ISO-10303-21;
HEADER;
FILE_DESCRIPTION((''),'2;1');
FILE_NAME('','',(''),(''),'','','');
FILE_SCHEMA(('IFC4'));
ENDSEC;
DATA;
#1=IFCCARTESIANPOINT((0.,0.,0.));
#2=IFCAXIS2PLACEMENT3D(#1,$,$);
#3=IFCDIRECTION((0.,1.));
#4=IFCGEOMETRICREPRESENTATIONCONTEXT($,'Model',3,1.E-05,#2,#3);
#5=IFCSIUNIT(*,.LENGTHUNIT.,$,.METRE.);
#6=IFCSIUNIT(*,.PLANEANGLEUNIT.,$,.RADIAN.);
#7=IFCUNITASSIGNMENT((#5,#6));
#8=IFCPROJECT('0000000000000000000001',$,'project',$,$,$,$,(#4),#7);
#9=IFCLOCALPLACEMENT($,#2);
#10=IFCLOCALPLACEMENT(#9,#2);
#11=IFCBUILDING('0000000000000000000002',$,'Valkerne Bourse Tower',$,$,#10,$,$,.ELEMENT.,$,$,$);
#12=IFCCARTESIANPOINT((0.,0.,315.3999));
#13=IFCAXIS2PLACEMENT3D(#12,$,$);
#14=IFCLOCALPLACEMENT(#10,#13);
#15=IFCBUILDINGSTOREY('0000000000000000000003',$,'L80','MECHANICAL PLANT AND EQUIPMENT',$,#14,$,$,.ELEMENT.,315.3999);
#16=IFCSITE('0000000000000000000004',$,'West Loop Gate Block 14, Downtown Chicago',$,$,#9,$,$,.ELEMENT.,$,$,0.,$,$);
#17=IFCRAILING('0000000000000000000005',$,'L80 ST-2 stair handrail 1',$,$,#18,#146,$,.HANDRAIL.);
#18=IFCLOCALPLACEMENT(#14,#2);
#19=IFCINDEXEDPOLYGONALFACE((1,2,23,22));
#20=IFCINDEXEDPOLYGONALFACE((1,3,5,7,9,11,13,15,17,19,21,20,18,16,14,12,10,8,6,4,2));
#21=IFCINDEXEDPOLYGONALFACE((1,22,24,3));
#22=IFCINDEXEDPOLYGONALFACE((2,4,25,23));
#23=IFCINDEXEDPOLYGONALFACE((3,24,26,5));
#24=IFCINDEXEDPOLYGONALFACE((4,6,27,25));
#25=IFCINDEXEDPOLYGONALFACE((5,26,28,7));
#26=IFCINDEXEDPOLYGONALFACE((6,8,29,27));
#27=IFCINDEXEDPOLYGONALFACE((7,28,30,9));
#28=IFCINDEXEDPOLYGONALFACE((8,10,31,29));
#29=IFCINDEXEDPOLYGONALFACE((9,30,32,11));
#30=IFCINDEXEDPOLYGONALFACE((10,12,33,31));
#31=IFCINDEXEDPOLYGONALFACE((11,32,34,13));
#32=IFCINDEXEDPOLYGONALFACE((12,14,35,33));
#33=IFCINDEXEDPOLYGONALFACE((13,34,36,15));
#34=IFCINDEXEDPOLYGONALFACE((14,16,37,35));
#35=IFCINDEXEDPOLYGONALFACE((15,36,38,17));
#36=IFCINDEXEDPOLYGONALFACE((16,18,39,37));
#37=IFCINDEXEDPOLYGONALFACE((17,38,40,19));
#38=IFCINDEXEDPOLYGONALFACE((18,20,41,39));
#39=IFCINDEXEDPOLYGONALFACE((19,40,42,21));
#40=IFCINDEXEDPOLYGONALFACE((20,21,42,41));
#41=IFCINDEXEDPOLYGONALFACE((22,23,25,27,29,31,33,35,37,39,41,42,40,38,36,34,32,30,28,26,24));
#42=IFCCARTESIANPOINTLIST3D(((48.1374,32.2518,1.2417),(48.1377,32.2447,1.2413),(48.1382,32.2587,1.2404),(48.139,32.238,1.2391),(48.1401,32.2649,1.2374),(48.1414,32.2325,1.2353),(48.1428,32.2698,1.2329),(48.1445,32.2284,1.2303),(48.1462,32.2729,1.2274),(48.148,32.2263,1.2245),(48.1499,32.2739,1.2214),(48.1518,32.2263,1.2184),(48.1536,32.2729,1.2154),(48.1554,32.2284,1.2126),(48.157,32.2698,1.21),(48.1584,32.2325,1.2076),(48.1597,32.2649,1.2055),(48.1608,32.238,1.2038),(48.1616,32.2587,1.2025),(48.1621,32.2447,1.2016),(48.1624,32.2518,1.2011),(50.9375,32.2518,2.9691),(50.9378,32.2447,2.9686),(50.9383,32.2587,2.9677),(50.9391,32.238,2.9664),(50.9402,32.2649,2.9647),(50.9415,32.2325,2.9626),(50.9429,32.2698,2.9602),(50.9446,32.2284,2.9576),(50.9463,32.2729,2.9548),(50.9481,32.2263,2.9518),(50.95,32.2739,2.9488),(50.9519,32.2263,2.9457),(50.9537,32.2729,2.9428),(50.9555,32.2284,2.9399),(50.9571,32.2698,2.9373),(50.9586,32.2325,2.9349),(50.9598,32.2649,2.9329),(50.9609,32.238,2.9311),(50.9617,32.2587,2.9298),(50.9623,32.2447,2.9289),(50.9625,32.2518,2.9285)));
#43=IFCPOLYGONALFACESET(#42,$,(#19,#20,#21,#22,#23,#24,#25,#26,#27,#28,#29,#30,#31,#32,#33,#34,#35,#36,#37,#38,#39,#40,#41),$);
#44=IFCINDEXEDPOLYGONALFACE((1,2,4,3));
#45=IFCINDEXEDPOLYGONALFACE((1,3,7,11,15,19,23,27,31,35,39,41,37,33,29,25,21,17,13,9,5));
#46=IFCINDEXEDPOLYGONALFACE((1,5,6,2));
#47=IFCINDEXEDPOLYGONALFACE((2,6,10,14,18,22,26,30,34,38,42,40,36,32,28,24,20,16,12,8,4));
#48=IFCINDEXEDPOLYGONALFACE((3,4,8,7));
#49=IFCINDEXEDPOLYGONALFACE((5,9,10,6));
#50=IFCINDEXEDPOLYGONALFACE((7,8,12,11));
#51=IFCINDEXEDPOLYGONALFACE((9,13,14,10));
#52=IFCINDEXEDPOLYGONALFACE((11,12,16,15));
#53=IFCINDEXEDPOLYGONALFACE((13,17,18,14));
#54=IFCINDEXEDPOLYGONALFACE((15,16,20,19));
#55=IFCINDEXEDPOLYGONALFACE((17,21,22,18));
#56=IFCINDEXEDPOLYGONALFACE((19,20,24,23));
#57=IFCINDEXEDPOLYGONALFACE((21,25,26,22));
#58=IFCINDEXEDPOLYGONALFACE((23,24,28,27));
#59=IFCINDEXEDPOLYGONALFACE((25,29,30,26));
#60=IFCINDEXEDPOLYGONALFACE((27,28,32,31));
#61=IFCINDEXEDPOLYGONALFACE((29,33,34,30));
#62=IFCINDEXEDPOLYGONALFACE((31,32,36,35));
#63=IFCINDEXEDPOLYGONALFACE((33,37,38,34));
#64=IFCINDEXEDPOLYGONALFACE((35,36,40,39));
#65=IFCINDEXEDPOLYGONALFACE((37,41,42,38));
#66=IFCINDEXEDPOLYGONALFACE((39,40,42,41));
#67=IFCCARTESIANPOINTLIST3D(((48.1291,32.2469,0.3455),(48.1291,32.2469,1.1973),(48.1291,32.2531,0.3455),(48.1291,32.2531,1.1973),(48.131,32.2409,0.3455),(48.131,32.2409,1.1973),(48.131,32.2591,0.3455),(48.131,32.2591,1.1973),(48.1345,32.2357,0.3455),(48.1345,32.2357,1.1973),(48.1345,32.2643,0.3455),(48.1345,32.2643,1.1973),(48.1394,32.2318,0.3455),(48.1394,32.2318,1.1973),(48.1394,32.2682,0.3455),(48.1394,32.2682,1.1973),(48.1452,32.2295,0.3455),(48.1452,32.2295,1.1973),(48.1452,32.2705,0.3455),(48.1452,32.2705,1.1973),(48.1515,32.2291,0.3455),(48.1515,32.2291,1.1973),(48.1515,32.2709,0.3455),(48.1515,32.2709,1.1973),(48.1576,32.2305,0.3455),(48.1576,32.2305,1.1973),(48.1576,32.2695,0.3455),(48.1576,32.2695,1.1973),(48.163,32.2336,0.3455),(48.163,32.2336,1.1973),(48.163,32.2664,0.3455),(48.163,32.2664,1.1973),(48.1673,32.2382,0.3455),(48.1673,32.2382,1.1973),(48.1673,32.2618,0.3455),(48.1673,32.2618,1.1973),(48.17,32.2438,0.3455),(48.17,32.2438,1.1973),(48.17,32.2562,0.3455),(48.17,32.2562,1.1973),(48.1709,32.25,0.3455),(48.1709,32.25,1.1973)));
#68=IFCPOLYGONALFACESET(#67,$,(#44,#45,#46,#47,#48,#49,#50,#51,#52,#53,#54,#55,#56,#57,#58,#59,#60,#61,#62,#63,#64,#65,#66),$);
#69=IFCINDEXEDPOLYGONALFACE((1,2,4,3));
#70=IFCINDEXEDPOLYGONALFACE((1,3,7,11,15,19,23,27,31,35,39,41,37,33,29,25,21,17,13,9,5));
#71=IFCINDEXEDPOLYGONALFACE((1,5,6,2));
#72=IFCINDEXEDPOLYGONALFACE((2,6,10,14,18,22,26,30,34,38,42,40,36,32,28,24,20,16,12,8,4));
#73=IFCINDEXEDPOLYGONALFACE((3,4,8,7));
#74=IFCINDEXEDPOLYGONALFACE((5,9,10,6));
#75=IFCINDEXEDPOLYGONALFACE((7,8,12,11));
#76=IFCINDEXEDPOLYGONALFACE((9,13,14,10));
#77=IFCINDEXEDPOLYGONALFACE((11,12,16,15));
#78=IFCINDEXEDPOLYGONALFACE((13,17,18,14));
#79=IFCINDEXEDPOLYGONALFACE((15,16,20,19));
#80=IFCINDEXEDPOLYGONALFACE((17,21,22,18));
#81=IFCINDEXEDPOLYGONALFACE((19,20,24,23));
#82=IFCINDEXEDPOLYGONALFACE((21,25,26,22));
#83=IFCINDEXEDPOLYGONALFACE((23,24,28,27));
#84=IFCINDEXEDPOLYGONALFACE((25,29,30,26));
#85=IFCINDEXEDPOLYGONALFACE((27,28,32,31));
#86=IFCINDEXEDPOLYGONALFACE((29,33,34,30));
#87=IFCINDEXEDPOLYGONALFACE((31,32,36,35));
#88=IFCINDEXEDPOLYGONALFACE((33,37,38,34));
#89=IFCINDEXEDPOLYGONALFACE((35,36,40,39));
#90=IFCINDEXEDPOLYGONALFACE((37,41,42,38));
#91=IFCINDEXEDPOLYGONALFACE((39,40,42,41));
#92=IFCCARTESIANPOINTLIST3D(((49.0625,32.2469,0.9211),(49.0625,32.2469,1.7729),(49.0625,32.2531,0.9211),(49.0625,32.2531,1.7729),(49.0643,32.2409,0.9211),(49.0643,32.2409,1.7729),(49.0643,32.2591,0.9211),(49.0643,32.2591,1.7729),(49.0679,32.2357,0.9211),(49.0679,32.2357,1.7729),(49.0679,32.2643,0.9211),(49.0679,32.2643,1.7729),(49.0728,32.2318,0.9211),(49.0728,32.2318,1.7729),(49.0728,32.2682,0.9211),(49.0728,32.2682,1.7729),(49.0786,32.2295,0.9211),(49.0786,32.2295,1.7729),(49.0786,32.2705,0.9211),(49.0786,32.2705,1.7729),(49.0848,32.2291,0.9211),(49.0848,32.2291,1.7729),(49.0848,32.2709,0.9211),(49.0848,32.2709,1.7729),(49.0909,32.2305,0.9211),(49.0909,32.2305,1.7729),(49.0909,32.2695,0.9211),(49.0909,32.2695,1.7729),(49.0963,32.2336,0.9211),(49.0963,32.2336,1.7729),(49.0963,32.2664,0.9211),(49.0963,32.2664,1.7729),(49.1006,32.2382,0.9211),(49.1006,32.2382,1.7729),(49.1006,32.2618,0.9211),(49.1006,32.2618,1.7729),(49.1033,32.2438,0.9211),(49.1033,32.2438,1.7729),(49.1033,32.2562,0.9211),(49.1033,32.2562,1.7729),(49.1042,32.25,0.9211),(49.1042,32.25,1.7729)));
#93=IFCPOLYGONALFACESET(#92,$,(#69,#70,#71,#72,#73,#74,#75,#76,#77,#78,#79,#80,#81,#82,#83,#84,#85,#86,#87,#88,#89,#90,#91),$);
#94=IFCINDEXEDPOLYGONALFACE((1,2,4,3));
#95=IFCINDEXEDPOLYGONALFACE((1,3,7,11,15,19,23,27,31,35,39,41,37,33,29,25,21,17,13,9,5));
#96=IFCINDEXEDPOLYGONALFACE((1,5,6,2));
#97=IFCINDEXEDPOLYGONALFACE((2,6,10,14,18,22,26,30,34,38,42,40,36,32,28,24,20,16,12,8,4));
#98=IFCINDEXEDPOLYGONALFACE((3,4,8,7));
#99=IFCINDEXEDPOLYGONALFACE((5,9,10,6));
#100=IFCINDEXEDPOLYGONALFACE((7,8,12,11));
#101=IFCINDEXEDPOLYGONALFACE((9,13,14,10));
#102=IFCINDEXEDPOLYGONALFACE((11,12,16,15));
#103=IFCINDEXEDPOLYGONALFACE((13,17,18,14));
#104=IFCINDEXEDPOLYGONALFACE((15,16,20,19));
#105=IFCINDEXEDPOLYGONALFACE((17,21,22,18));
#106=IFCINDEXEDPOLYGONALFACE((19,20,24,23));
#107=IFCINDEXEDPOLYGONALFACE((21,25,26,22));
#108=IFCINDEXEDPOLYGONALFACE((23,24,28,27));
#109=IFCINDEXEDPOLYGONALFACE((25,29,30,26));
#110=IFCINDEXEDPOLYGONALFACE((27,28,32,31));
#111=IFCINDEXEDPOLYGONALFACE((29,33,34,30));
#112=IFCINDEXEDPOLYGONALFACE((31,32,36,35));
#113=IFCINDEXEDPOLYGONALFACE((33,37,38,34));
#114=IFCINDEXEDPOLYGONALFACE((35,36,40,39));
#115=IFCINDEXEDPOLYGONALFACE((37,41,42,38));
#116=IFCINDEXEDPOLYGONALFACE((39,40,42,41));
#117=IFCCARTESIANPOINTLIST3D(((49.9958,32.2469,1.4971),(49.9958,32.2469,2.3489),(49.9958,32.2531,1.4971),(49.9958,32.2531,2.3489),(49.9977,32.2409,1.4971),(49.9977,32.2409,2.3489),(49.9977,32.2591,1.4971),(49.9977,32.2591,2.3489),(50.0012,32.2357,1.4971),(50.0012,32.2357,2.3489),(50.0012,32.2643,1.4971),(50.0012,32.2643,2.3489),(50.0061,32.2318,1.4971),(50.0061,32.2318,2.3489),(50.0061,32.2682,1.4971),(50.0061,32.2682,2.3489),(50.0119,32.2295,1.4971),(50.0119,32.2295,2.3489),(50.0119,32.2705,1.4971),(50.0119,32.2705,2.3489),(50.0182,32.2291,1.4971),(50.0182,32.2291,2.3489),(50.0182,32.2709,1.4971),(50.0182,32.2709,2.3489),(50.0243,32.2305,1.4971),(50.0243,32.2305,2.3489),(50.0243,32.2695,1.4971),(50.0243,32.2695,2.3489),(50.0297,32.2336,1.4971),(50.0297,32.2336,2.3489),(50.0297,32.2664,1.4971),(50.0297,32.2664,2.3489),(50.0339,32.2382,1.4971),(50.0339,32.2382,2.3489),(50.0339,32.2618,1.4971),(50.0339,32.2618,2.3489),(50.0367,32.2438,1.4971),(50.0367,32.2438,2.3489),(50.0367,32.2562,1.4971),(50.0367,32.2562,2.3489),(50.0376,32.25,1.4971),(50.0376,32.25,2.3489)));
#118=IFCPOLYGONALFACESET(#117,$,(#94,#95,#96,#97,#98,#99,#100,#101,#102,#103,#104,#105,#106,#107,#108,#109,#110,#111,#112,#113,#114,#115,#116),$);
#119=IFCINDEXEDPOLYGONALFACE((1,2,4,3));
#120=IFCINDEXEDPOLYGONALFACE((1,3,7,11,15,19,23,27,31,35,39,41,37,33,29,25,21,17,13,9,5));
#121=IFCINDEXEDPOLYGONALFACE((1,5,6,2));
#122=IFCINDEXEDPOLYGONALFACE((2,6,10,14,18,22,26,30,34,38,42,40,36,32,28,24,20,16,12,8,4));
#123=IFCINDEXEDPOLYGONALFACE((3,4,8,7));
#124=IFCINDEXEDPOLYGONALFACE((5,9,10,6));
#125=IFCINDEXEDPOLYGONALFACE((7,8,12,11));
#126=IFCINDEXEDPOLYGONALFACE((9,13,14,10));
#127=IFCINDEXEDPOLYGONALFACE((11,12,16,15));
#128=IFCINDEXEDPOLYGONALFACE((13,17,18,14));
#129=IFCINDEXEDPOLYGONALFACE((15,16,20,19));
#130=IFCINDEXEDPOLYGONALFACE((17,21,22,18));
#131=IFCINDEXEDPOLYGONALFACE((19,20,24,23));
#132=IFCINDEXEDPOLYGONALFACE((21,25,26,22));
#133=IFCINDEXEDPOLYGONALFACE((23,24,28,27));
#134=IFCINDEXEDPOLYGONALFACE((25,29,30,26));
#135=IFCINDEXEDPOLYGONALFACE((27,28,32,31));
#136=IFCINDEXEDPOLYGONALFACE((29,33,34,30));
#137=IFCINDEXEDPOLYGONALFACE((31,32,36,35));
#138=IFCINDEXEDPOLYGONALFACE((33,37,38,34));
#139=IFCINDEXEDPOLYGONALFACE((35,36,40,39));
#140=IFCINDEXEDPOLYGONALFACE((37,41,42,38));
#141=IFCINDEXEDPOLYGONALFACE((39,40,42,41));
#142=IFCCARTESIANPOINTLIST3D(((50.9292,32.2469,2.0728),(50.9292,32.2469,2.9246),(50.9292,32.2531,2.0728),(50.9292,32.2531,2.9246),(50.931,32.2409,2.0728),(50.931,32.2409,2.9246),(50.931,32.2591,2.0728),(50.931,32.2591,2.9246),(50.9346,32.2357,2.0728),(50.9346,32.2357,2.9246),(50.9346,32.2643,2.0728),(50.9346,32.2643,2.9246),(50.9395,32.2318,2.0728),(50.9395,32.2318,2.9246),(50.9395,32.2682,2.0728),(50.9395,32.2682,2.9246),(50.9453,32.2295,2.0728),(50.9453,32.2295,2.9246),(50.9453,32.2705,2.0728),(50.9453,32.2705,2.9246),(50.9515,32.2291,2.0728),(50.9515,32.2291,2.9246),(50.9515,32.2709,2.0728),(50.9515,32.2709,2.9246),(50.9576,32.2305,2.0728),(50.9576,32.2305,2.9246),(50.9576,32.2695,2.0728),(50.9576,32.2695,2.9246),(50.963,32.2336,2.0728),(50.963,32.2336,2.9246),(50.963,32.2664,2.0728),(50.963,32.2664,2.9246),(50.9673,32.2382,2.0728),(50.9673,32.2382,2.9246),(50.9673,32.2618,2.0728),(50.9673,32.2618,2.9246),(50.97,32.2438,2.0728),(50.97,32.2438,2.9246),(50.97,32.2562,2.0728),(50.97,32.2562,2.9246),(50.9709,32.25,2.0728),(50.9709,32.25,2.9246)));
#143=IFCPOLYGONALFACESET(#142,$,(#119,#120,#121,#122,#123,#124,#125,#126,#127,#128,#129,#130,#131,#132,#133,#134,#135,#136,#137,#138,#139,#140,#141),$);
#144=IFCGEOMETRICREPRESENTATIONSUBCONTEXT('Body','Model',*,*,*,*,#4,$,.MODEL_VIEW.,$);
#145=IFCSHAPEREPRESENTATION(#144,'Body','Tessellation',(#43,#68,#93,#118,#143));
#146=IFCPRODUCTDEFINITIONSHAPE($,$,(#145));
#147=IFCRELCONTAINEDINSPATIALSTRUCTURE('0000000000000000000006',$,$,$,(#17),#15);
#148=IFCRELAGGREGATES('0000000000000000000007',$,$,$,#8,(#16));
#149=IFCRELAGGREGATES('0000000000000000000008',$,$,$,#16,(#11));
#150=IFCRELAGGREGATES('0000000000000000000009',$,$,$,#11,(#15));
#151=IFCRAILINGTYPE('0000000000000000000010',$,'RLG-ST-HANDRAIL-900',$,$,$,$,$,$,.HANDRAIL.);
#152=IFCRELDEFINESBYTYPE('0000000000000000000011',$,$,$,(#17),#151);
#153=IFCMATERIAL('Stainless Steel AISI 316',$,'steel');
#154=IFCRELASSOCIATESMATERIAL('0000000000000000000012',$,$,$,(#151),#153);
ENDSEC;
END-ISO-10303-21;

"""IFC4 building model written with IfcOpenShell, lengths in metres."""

from ifc_helpers import new_model, si_unit, direction, frame, origin, origin_2d, place, context, subcontext, project, spatial, circle, extrude, material, type_object, element, save


model = new_model("IFC4")

# Units and contexts
model_context = context("Model", 3, precision=1e-05, world=origin(), true_north=direction((0.0, 1.0)))
body_context = subcontext(model_context, "Body", "Model", "MODEL_VIEW")
ifc_project = project(units=[si_unit("LENGTHUNIT", "METRE"), si_unit("PLANEANGLEUNIT", "RADIAN")], contexts=[model_context])

# Site, building, storey
site_placement = place(None, origin())
site = spatial("IfcSite", under=ifc_project, at=site_placement, Name="West Loop Gate Block 14, Downtown Chicago", CompositionType="ELEMENT", RefElevation=0.0)
building_placement = place(site_placement, origin())
building = spatial("IfcBuilding", under=site, at=building_placement, Name="Valkerne Bourse Tower", CompositionType="ELEMENT")
storey_placement = place(building_placement, frame((0.0, 0.0, 315.3999)))
storey = spatial("IfcBuildingStorey", under=building, at=storey_placement, Name="L80", Description="MECHANICAL PLANT AND EQUIPMENT", CompositionType="ELEMENT", Elevation=315.3999)

# Shared definitions
ifc_material_1 = material(Name="Stainless Steel AISI 316", Category="steel")

# Railing
railing_type_1 = type_object("IfcRailingType", Name="RLG-ST-HANDRAIL-900", PredefinedType="HANDRAIL", material=ifc_material_1)
railing_1_placement = place(storey_placement, frame((48.1499, 32.25, 0.3455)))
element("IfcRailing", 1, at=railing_1_placement, inside=storey, type_object=railing_type_1, Name="L80 ST-2 stair handrail 1", PredefinedType="HANDRAIL", context=body_context, shape_type="SweptSolid", body=[
    extrude(circle(Radius=0.0239, at=origin_2d()), frame((0.0, 0.0, 0.876), z_axis=(0.85109, 0.0, 0.52502), x_axis=(0.0, 1.0, 0.0)), (0.0, 0.0, 1.0), 3.29),
    extrude(circle(Radius=0.021, at=origin_2d()), origin(), (0.0, 0.0, 1.0), 0.8518),
    extrude(circle(Radius=0.021, at=origin_2d()), frame((0.9333, 0.0, 0.5757)), (0.0, 0.0, 1.0), 0.8518),
    extrude(circle(Radius=0.021, at=origin_2d()), frame((1.8667, 0.0, 1.1516)), (0.0, 0.0, 1.0), 0.8518),
    extrude(circle(Radius=0.021, at=origin_2d()), frame((2.8, 0.0, 1.7273)), (0.0, 0.0, 1.0), 0.8518),
])

save(model, "model.ifc")
